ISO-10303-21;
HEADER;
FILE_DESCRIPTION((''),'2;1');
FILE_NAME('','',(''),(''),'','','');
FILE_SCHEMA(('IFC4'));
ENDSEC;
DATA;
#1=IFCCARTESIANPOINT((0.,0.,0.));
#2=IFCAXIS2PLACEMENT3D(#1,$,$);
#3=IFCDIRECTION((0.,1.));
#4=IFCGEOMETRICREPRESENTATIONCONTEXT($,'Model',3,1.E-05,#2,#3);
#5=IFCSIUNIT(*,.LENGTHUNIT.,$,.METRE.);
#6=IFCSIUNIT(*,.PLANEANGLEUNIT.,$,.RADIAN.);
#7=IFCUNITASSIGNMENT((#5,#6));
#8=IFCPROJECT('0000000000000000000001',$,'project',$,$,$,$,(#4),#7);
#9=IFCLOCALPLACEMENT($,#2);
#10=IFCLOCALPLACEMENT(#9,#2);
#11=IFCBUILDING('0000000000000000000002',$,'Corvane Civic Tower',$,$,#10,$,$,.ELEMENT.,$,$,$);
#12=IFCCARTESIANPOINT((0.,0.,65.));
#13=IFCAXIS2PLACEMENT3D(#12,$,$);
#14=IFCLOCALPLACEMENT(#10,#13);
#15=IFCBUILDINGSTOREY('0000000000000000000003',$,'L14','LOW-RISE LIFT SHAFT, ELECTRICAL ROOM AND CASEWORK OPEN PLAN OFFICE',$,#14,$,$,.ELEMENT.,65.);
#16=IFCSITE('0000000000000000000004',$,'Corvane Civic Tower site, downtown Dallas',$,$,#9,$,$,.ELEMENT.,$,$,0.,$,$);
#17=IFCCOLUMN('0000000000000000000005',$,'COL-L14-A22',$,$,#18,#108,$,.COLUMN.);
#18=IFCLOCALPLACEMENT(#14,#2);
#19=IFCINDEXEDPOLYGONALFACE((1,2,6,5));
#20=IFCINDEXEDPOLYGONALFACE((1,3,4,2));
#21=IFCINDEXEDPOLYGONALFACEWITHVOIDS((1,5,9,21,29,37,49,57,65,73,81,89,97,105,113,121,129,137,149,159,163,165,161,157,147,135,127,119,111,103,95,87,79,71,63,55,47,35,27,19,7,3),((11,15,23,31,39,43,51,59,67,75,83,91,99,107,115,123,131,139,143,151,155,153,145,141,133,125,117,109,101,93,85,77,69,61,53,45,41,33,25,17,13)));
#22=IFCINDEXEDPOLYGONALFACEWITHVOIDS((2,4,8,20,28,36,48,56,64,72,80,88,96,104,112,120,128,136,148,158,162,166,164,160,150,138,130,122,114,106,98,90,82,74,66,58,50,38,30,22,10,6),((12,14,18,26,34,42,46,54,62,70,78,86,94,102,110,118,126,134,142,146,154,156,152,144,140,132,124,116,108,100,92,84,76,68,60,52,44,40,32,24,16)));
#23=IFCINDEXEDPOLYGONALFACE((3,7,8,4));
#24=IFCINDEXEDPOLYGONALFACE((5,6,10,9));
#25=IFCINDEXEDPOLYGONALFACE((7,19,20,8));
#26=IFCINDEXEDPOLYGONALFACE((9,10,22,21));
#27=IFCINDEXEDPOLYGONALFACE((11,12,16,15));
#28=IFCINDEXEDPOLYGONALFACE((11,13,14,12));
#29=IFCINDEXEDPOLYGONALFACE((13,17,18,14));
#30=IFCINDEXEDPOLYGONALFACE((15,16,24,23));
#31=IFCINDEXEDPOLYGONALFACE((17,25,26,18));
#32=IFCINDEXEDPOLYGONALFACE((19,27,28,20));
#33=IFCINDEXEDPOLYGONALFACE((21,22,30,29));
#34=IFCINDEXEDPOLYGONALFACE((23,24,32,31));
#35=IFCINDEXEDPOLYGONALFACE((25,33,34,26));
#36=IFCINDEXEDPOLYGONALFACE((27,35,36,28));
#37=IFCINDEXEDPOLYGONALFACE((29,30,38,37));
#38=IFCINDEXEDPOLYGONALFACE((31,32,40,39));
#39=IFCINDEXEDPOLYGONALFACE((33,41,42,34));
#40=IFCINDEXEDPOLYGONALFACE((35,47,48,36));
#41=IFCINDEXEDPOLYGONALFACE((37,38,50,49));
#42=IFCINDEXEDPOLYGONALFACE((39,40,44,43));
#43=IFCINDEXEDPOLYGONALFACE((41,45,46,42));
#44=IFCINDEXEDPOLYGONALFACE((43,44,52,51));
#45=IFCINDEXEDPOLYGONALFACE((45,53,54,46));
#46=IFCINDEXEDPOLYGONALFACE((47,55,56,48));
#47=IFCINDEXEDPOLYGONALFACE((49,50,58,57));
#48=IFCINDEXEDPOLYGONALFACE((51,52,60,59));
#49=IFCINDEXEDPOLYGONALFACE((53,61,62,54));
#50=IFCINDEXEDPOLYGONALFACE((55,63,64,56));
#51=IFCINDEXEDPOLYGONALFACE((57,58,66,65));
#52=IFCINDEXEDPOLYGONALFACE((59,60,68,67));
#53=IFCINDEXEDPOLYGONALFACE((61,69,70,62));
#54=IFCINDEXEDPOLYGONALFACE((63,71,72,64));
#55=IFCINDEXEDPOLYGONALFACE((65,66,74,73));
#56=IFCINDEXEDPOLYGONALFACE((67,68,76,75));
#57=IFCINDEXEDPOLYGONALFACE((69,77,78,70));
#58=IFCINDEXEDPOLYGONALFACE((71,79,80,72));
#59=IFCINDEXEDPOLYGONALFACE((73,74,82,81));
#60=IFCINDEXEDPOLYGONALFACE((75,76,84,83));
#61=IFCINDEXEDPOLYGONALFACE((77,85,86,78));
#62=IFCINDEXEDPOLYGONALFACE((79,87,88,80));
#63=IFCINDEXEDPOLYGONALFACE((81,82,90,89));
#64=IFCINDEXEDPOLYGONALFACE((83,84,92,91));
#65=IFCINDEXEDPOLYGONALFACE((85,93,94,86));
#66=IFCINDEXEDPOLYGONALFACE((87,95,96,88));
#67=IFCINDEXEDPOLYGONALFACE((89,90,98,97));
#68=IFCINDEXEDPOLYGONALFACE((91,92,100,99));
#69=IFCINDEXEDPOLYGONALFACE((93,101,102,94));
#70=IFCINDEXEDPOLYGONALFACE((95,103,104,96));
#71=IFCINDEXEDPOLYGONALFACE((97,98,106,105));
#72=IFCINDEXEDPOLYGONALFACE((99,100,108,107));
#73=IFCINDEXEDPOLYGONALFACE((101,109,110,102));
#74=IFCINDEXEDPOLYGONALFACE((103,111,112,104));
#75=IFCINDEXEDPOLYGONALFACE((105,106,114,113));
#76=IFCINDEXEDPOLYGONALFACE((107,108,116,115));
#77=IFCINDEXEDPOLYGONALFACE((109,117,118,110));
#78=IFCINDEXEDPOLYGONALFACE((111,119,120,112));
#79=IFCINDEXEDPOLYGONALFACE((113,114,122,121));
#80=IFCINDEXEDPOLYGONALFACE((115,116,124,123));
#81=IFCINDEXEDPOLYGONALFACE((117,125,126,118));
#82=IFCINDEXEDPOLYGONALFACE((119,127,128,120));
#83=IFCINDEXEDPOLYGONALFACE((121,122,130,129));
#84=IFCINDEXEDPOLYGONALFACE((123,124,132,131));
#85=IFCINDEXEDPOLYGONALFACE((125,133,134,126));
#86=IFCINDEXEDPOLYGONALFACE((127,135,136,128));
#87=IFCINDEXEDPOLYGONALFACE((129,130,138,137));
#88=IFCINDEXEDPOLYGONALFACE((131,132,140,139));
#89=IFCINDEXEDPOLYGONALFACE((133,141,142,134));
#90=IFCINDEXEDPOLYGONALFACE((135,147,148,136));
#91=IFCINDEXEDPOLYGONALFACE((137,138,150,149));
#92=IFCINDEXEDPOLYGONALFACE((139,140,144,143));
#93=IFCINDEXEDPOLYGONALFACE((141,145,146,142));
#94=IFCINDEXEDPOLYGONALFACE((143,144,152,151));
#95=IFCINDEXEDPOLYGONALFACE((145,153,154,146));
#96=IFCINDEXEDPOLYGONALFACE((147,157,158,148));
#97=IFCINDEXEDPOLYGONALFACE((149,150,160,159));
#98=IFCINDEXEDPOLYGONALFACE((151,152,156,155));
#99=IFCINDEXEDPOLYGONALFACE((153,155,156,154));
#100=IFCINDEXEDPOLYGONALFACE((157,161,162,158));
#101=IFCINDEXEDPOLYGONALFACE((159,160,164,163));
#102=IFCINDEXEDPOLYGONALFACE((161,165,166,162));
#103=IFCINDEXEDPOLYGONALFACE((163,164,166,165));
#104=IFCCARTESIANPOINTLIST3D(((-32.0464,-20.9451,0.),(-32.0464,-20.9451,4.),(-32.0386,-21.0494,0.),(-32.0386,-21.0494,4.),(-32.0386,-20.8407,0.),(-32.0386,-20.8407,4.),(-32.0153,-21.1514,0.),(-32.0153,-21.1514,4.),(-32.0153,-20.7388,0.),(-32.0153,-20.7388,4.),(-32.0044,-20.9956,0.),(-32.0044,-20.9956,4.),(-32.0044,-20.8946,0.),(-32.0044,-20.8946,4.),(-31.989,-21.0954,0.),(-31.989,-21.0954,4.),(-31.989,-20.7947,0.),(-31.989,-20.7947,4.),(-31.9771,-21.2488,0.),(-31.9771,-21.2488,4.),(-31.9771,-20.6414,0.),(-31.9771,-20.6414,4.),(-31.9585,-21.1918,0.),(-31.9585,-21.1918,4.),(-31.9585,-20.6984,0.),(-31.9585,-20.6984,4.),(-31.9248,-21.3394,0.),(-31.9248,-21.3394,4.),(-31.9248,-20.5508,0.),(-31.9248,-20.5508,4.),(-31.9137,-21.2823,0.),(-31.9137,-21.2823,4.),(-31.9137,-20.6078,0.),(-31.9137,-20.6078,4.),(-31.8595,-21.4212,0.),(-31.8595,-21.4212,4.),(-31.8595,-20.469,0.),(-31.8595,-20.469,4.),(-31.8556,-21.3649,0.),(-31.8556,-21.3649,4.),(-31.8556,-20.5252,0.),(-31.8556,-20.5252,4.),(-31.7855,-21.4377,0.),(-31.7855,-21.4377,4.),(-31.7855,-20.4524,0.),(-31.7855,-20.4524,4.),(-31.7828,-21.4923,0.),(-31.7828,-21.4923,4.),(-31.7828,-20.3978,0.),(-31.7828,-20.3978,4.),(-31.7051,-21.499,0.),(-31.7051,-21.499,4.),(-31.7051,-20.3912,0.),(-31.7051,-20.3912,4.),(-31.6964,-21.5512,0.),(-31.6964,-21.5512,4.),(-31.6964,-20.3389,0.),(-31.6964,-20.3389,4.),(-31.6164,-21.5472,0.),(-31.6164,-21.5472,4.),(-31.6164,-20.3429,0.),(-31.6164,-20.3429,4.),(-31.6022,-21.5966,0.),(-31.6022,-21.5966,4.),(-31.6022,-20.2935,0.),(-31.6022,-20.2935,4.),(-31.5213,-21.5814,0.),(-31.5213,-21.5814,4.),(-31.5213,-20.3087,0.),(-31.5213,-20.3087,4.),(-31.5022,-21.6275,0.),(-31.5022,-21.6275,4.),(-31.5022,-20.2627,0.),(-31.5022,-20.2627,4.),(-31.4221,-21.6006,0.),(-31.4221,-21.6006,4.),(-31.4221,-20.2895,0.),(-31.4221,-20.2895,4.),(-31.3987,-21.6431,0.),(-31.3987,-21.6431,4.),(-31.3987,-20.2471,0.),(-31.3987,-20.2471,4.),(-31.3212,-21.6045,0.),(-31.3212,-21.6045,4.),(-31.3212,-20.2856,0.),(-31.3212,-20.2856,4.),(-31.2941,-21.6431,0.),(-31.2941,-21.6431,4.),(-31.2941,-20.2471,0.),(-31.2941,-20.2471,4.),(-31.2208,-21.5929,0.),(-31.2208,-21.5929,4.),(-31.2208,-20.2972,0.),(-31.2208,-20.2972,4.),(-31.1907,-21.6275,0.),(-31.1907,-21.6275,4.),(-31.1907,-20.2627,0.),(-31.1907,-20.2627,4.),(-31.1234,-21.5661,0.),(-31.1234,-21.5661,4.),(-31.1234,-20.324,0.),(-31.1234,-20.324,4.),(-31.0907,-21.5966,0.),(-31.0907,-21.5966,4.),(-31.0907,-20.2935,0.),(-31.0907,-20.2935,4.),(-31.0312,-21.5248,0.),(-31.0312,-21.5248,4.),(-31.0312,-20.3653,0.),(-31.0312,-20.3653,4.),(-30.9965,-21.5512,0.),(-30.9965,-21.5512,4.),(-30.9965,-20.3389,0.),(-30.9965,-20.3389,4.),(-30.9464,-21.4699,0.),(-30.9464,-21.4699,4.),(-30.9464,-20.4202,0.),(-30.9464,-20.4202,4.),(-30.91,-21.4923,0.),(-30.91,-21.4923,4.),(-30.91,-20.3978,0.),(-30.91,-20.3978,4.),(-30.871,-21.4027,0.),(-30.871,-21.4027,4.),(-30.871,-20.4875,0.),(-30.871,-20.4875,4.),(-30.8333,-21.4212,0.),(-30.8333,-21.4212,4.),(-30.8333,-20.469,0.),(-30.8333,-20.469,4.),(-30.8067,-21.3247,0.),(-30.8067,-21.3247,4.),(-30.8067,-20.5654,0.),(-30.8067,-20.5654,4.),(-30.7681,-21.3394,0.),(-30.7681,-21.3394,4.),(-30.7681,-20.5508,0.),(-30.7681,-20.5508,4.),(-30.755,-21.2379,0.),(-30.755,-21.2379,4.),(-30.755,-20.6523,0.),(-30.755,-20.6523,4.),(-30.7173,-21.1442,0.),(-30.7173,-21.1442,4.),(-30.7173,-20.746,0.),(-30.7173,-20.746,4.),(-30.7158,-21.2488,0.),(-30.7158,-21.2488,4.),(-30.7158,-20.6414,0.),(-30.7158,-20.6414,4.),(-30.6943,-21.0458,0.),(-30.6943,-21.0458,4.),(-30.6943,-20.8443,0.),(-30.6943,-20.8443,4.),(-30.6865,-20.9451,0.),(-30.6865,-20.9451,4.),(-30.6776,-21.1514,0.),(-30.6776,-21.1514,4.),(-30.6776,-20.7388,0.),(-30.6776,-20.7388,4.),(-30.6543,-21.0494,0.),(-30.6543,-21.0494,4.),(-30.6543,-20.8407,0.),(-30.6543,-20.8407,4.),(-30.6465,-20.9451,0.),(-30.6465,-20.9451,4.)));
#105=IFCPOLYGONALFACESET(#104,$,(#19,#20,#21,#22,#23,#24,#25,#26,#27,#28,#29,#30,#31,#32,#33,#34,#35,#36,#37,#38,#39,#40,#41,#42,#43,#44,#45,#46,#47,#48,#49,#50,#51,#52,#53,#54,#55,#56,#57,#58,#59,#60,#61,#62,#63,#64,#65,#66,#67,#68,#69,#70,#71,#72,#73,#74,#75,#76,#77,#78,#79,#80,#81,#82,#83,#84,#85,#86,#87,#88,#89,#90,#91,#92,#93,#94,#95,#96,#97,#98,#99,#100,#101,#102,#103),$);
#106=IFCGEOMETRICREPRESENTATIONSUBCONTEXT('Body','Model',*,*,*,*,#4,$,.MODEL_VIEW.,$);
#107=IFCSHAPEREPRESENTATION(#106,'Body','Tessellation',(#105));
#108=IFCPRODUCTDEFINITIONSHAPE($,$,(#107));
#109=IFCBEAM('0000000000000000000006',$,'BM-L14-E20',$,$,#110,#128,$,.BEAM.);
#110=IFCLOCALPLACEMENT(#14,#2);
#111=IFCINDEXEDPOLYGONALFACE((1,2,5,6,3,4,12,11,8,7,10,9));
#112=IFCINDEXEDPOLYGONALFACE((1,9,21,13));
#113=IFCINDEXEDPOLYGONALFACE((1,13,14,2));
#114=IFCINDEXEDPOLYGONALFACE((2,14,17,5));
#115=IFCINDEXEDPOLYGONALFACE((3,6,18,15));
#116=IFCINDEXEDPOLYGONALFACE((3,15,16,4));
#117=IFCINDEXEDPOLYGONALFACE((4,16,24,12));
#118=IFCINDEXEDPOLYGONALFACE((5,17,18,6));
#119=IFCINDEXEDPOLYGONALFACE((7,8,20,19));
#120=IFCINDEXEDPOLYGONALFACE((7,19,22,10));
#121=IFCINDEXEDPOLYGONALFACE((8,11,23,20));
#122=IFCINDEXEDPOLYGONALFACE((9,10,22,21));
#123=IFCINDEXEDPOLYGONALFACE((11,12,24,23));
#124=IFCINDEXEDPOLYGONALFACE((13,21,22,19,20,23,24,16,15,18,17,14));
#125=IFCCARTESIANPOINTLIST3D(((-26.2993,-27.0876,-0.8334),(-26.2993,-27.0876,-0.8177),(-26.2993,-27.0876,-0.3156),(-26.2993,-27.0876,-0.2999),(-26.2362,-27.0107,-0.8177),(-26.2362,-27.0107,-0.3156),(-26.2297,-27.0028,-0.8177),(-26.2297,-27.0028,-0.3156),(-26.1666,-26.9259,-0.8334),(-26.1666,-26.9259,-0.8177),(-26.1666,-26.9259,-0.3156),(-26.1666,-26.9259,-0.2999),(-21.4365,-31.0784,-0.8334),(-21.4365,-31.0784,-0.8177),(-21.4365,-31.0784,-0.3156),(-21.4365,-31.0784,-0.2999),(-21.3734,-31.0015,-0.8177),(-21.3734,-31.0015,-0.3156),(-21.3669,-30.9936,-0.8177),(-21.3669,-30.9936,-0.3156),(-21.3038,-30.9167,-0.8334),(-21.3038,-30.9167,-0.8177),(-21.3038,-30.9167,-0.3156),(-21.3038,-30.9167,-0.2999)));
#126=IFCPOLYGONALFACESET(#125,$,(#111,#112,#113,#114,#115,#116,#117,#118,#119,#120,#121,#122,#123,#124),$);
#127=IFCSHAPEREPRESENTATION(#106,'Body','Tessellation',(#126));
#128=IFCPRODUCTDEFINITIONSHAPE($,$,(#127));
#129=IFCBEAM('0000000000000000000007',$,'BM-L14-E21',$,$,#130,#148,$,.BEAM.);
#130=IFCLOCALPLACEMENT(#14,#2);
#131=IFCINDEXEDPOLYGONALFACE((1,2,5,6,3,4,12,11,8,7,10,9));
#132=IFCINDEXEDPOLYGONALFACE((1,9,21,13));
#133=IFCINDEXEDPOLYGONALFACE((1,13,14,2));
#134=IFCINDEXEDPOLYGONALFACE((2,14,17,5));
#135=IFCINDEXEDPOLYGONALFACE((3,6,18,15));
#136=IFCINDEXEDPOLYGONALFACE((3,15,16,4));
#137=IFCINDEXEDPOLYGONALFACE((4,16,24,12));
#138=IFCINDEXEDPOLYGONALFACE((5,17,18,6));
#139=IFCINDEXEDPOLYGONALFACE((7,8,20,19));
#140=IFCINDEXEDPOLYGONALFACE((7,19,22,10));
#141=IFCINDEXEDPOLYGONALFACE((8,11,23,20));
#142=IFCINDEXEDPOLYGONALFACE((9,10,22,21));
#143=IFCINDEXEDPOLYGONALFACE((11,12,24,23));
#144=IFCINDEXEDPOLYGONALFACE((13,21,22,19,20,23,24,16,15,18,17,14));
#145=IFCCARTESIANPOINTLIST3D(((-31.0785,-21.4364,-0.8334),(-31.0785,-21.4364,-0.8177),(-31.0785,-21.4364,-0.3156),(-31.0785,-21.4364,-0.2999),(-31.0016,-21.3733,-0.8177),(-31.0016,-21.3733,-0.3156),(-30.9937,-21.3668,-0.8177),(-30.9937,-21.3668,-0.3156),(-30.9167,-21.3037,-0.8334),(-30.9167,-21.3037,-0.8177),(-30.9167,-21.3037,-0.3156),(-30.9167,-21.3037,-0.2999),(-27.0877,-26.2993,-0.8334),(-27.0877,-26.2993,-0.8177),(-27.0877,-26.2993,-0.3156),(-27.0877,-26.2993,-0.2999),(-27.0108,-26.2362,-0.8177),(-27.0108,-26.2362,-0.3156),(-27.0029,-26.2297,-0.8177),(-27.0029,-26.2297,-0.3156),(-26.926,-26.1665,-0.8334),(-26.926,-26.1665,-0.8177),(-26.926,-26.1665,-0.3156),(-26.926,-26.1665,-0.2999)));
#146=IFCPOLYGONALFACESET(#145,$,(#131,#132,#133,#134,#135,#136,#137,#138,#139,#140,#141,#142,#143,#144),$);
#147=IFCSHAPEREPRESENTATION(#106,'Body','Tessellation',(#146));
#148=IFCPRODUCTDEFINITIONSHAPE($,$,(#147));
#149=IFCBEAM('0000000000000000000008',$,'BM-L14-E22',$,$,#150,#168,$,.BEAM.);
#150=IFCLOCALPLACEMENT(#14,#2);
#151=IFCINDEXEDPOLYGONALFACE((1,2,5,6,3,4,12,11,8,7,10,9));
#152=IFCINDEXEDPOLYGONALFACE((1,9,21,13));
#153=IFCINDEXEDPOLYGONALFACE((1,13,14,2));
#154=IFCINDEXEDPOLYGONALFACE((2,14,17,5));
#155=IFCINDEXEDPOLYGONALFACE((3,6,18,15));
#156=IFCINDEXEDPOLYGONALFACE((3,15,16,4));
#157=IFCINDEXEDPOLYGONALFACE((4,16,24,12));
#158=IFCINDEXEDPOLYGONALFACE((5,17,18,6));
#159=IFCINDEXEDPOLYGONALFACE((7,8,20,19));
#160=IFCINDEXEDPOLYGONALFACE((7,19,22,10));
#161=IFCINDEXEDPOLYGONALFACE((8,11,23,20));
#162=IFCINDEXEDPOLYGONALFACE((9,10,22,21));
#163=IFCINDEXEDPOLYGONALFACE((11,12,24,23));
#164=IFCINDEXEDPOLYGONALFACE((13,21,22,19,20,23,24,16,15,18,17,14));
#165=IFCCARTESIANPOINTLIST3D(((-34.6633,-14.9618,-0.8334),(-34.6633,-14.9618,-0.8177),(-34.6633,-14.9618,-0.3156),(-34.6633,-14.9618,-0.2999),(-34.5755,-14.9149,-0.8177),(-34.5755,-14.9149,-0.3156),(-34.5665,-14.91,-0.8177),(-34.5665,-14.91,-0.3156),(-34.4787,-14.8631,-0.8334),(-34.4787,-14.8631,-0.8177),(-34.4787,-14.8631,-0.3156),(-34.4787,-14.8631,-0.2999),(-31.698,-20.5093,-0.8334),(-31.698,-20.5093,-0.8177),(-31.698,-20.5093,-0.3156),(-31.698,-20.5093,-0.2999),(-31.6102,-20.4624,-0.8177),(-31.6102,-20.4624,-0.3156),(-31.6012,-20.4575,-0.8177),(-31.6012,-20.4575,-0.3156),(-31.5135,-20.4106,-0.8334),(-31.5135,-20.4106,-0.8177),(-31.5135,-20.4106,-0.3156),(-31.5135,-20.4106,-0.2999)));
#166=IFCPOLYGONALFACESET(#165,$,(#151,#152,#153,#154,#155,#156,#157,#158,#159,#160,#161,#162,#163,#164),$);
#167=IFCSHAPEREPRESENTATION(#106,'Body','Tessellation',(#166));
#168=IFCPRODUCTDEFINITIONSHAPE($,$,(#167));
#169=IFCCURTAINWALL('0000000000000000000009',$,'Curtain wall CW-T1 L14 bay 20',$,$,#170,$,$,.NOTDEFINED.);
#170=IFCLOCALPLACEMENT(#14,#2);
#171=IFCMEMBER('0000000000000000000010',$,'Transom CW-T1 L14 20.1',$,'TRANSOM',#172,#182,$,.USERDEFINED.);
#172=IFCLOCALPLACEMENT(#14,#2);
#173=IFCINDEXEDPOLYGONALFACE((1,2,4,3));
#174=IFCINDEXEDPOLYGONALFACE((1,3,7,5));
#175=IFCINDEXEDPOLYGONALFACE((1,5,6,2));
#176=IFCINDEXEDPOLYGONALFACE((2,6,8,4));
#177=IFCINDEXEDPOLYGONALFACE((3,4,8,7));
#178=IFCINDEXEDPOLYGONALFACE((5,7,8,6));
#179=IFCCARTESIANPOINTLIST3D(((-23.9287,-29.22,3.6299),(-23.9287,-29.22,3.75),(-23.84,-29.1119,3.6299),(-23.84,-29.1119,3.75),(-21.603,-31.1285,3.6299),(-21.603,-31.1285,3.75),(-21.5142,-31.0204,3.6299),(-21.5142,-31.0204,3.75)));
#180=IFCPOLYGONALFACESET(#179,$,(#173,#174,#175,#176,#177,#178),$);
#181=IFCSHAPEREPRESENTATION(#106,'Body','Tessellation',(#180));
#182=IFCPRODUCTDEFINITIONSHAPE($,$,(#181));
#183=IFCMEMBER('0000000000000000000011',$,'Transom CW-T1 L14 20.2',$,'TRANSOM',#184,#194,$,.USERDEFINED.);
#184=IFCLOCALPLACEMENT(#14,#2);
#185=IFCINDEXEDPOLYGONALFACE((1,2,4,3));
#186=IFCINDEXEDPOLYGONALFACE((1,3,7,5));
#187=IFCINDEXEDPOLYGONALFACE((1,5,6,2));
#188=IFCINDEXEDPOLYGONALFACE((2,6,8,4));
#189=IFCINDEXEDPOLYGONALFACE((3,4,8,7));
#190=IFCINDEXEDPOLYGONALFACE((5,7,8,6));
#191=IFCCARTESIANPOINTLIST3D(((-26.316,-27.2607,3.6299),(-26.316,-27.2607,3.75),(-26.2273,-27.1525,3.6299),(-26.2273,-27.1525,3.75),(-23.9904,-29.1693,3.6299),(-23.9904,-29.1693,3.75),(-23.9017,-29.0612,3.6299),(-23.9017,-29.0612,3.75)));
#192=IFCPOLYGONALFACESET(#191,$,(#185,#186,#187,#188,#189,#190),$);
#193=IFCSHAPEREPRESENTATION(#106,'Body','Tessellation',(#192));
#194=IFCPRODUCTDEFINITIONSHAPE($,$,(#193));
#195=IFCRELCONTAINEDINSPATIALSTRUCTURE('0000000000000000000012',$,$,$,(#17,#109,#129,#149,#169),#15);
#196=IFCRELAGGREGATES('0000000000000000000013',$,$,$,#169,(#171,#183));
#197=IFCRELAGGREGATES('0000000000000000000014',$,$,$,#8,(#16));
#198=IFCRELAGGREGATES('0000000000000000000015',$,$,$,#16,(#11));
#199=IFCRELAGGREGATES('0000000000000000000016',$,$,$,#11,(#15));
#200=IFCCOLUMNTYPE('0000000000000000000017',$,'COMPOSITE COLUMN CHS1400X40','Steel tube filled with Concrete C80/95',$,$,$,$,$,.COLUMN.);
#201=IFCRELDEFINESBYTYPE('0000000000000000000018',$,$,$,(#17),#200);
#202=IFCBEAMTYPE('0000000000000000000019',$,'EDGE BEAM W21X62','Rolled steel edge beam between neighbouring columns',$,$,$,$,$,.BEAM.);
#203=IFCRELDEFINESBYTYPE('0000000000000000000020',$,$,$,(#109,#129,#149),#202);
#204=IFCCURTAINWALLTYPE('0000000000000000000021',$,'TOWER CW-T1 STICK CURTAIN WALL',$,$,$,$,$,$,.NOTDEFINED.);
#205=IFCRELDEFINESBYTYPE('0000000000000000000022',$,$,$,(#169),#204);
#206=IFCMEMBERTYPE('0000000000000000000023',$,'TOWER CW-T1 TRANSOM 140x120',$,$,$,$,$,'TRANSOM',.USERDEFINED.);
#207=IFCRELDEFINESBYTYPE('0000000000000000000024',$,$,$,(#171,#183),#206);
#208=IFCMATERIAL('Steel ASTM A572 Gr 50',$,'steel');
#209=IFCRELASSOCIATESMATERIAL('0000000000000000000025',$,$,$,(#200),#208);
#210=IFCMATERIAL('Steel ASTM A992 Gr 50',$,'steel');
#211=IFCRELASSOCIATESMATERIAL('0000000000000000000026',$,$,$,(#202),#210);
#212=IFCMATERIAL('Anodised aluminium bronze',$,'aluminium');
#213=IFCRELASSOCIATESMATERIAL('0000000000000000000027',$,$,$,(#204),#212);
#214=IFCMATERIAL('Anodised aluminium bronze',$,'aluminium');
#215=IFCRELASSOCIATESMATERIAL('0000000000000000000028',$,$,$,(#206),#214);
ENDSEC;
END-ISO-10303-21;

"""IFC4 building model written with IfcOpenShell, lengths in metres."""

from ifc_helpers import new_model, si_unit, direction, frame, origin, origin_2d, place, context, subcontext, project, spatial, rectangle, hollow_circle, i_section, extrude, material, material_profile, profile_set, type_object, element, aggregate, save


model = new_model("IFC4")

# Units and contexts
model_context = context("Model", 3, precision=1e-05, world=origin(), true_north=direction((0.0, 1.0)))
body_context = subcontext(model_context, "Body", "Model", "MODEL_VIEW")
ifc_project = project(units=[si_unit("LENGTHUNIT", "METRE"), si_unit("PLANEANGLEUNIT", "RADIAN")], contexts=[model_context])

# Site, building, storey
site_placement = place(None, origin())
site = spatial("IfcSite", under=ifc_project, at=site_placement, Name="Corvane Civic Tower site, downtown Dallas", CompositionType="ELEMENT", RefElevation=0.0)
building_placement = place(site_placement, origin())
building = spatial("IfcBuilding", under=site, at=building_placement, Name="Corvane Civic Tower", CompositionType="ELEMENT")
storey_placement = place(building_placement, frame((0.0, 0.0, 65.0)))
storey = spatial("IfcBuildingStorey", under=building, at=storey_placement, Name="L14", Description="LOW-RISE LIFT SHAFT, ELECTRICAL ROOM AND CASEWORK OPEN PLAN OFFICE", CompositionType="ELEMENT", Elevation=65.0)

# Column
ifc_material_1 = material(Name="Steel ASTM A572 Gr 50", Category="steel")
ifc_material_profile_1 = material_profile(ifc_material_1, hollow_circle(Radius=0.7, WallThickness=0.04, at=origin_2d()), Name="CHS1400X40")
ifc_profile_set_1 = profile_set([ifc_material_profile_1], Name="Steel ASTM A572 Gr 50")
column_type = type_object("IfcColumnType", Name="COMPOSITE COLUMN CHS1400X40", Description="Steel tube filled with Concrete C80/95", PredefinedType="COLUMN", material=ifc_profile_set_1)
for number, where, z_axis, x_axis, name in (
    (1, (-31.3464, -20.9451, 0.0), (0.0, 0.0, 1.0), (1.0, 0.0, 0.0), "COL-L14-A22"),
):
    element("IfcColumn", number, at=place(storey_placement, frame(where, z_axis=z_axis, x_axis=x_axis)), inside=storey, type_object=column_type, Name=name, PredefinedType="COLUMN", context=body_context, shape_type="SweptSolid", body=[
        extrude(hollow_circle(Radius=0.7, WallThickness=0.04, at=origin_2d()), origin(), (0.0, 0.0, 1.0), 4.0),
    ])

# Beams
ifc_material_2 = material(Name="Steel ASTM A992 Gr 50", Category="steel")
ifc_material_profile_2 = material_profile(ifc_material_2, i_section(OverallWidth=0.2092, OverallDepth=0.5334, WebThickness=0.0103, FlangeThickness=0.0156, at=origin_2d()), Name="W21X62")
ifc_profile_set_2 = profile_set([ifc_material_profile_2], Name="Steel ASTM A992 Gr 50")
beam_type = type_object("IfcBeamType", Name="EDGE BEAM W21X62", Description="Rolled steel edge beam between neighbouring columns", PredefinedType="BEAM", material=ifc_profile_set_2)
for number, where, z_axis, x_axis, name in (
    (2, (-21.3701, -30.9976, -0.5667), (-0.773016, 0.634387, 0.0), (-0.634387, -0.773016, 0.0), "BM-L14-E20"),
    (3, (-27.0068, -26.2329, -0.5667), (-0.634387, 0.773016, 0.0), (-0.773016, -0.634387, 0.0), "BM-L14-E21"),
):
    element("IfcBeam", number, at=place(storey_placement, frame(where, z_axis=z_axis, x_axis=x_axis)), inside=storey, type_object=beam_type, Name=name, PredefinedType="BEAM", context=body_context, shape_type="SweptSolid", body=[
        extrude(i_section(OverallWidth=0.2092, OverallDepth=0.5334, WebThickness=0.0103, FlangeThickness=0.0156, at=origin_2d()), origin(), (0.0, 0.0, 1.0), 6.2908),
    ])
beam_placement = place(storey_placement, frame((-31.6057, -20.46, -0.5667), z_axis=(-0.471406, 0.881916, 0.0), x_axis=(-0.881916, -0.471406, 0.0)))
element("IfcBeam", 4, at=beam_placement, inside=storey, type_object=beam_type, Name="BM-L14-E22", PredefinedType="BEAM", context=body_context, shape_type="SweptSolid", body=[
    extrude(i_section(OverallWidth=0.2092, OverallDepth=0.5334, WebThickness=0.0103, FlangeThickness=0.0156, at=origin_2d()), origin(), (0.0, 0.0, 1.0), 6.2903),
])

# Curtain wall, members
ifc_material_3 = material(Name="Anodised aluminium bronze", Category="aluminium")
curtain_wall_type = type_object("IfcCurtainWallType", Name="TOWER CW-T1 STICK CURTAIN WALL", PredefinedType="NOTDEFINED", material=ifc_material_3)
curtain_wall_1_placement = place(storey_placement, origin())
curtain_wall_1 = element("IfcCurtainWall", 5, at=curtain_wall_1_placement, inside=storey, type_object=curtain_wall_type, Name="Curtain wall CW-T1 L14 bay 20", PredefinedType="NOTDEFINED")
ifc_material_4 = material(Name="Anodised aluminium bronze", Category="aluminium")
ifc_material_profile_3 = material_profile(ifc_material_4, rectangle(XDim=0.1399, YDim=0.1201, at=origin_2d()), Name="TOWER CW-T1 TRANSOM 140x120")
ifc_profile_set_3 = profile_set([ifc_material_profile_3], Name="Anodised aluminium bronze")
member_type_1 = type_object("IfcMemberType", Name="TOWER CW-T1 TRANSOM 140x120", ElementType="TRANSOM", PredefinedType="USERDEFINED", material=ifc_profile_set_3)
member_1_placement = place(storey_placement, frame((-21.5586, -31.0745, 3.6899), z_axis=(-0.773042, 0.634355, 0.0), x_axis=(-0.634355, -0.773042, 0.0)))
member_1 = element("IfcMember", 6, at=member_1_placement, type_object=member_type_1, Name="Transom CW-T1 L14 20.1", ObjectType="TRANSOM", PredefinedType="USERDEFINED", context=body_context, shape_type="SweptSolid", body=[
    extrude(rectangle(XDim=0.1399, YDim=0.1201, at=origin_2d()), origin(), (0.0, 0.0, 1.0), 3.0085),
])
member_2_placement = place(storey_placement, frame((-23.946, -29.1152, 3.6899), z_axis=(-0.773002, 0.634404, 0.0), x_axis=(-0.634404, -0.773002, 0.0)))
member_2 = element("IfcMember", 7, at=member_2_placement, type_object=member_type_1, Name="Transom CW-T1 L14 20.2", ObjectType="TRANSOM", PredefinedType="USERDEFINED", context=body_context, shape_type="SweptSolid", body=[
    extrude(rectangle(XDim=0.1399, YDim=0.1201, at=origin_2d()), origin(), (0.0, 0.0, 1.0), 3.0085),
])

aggregate(curtain_wall_1, [member_1, member_2])

save(model, "model.ifc")
